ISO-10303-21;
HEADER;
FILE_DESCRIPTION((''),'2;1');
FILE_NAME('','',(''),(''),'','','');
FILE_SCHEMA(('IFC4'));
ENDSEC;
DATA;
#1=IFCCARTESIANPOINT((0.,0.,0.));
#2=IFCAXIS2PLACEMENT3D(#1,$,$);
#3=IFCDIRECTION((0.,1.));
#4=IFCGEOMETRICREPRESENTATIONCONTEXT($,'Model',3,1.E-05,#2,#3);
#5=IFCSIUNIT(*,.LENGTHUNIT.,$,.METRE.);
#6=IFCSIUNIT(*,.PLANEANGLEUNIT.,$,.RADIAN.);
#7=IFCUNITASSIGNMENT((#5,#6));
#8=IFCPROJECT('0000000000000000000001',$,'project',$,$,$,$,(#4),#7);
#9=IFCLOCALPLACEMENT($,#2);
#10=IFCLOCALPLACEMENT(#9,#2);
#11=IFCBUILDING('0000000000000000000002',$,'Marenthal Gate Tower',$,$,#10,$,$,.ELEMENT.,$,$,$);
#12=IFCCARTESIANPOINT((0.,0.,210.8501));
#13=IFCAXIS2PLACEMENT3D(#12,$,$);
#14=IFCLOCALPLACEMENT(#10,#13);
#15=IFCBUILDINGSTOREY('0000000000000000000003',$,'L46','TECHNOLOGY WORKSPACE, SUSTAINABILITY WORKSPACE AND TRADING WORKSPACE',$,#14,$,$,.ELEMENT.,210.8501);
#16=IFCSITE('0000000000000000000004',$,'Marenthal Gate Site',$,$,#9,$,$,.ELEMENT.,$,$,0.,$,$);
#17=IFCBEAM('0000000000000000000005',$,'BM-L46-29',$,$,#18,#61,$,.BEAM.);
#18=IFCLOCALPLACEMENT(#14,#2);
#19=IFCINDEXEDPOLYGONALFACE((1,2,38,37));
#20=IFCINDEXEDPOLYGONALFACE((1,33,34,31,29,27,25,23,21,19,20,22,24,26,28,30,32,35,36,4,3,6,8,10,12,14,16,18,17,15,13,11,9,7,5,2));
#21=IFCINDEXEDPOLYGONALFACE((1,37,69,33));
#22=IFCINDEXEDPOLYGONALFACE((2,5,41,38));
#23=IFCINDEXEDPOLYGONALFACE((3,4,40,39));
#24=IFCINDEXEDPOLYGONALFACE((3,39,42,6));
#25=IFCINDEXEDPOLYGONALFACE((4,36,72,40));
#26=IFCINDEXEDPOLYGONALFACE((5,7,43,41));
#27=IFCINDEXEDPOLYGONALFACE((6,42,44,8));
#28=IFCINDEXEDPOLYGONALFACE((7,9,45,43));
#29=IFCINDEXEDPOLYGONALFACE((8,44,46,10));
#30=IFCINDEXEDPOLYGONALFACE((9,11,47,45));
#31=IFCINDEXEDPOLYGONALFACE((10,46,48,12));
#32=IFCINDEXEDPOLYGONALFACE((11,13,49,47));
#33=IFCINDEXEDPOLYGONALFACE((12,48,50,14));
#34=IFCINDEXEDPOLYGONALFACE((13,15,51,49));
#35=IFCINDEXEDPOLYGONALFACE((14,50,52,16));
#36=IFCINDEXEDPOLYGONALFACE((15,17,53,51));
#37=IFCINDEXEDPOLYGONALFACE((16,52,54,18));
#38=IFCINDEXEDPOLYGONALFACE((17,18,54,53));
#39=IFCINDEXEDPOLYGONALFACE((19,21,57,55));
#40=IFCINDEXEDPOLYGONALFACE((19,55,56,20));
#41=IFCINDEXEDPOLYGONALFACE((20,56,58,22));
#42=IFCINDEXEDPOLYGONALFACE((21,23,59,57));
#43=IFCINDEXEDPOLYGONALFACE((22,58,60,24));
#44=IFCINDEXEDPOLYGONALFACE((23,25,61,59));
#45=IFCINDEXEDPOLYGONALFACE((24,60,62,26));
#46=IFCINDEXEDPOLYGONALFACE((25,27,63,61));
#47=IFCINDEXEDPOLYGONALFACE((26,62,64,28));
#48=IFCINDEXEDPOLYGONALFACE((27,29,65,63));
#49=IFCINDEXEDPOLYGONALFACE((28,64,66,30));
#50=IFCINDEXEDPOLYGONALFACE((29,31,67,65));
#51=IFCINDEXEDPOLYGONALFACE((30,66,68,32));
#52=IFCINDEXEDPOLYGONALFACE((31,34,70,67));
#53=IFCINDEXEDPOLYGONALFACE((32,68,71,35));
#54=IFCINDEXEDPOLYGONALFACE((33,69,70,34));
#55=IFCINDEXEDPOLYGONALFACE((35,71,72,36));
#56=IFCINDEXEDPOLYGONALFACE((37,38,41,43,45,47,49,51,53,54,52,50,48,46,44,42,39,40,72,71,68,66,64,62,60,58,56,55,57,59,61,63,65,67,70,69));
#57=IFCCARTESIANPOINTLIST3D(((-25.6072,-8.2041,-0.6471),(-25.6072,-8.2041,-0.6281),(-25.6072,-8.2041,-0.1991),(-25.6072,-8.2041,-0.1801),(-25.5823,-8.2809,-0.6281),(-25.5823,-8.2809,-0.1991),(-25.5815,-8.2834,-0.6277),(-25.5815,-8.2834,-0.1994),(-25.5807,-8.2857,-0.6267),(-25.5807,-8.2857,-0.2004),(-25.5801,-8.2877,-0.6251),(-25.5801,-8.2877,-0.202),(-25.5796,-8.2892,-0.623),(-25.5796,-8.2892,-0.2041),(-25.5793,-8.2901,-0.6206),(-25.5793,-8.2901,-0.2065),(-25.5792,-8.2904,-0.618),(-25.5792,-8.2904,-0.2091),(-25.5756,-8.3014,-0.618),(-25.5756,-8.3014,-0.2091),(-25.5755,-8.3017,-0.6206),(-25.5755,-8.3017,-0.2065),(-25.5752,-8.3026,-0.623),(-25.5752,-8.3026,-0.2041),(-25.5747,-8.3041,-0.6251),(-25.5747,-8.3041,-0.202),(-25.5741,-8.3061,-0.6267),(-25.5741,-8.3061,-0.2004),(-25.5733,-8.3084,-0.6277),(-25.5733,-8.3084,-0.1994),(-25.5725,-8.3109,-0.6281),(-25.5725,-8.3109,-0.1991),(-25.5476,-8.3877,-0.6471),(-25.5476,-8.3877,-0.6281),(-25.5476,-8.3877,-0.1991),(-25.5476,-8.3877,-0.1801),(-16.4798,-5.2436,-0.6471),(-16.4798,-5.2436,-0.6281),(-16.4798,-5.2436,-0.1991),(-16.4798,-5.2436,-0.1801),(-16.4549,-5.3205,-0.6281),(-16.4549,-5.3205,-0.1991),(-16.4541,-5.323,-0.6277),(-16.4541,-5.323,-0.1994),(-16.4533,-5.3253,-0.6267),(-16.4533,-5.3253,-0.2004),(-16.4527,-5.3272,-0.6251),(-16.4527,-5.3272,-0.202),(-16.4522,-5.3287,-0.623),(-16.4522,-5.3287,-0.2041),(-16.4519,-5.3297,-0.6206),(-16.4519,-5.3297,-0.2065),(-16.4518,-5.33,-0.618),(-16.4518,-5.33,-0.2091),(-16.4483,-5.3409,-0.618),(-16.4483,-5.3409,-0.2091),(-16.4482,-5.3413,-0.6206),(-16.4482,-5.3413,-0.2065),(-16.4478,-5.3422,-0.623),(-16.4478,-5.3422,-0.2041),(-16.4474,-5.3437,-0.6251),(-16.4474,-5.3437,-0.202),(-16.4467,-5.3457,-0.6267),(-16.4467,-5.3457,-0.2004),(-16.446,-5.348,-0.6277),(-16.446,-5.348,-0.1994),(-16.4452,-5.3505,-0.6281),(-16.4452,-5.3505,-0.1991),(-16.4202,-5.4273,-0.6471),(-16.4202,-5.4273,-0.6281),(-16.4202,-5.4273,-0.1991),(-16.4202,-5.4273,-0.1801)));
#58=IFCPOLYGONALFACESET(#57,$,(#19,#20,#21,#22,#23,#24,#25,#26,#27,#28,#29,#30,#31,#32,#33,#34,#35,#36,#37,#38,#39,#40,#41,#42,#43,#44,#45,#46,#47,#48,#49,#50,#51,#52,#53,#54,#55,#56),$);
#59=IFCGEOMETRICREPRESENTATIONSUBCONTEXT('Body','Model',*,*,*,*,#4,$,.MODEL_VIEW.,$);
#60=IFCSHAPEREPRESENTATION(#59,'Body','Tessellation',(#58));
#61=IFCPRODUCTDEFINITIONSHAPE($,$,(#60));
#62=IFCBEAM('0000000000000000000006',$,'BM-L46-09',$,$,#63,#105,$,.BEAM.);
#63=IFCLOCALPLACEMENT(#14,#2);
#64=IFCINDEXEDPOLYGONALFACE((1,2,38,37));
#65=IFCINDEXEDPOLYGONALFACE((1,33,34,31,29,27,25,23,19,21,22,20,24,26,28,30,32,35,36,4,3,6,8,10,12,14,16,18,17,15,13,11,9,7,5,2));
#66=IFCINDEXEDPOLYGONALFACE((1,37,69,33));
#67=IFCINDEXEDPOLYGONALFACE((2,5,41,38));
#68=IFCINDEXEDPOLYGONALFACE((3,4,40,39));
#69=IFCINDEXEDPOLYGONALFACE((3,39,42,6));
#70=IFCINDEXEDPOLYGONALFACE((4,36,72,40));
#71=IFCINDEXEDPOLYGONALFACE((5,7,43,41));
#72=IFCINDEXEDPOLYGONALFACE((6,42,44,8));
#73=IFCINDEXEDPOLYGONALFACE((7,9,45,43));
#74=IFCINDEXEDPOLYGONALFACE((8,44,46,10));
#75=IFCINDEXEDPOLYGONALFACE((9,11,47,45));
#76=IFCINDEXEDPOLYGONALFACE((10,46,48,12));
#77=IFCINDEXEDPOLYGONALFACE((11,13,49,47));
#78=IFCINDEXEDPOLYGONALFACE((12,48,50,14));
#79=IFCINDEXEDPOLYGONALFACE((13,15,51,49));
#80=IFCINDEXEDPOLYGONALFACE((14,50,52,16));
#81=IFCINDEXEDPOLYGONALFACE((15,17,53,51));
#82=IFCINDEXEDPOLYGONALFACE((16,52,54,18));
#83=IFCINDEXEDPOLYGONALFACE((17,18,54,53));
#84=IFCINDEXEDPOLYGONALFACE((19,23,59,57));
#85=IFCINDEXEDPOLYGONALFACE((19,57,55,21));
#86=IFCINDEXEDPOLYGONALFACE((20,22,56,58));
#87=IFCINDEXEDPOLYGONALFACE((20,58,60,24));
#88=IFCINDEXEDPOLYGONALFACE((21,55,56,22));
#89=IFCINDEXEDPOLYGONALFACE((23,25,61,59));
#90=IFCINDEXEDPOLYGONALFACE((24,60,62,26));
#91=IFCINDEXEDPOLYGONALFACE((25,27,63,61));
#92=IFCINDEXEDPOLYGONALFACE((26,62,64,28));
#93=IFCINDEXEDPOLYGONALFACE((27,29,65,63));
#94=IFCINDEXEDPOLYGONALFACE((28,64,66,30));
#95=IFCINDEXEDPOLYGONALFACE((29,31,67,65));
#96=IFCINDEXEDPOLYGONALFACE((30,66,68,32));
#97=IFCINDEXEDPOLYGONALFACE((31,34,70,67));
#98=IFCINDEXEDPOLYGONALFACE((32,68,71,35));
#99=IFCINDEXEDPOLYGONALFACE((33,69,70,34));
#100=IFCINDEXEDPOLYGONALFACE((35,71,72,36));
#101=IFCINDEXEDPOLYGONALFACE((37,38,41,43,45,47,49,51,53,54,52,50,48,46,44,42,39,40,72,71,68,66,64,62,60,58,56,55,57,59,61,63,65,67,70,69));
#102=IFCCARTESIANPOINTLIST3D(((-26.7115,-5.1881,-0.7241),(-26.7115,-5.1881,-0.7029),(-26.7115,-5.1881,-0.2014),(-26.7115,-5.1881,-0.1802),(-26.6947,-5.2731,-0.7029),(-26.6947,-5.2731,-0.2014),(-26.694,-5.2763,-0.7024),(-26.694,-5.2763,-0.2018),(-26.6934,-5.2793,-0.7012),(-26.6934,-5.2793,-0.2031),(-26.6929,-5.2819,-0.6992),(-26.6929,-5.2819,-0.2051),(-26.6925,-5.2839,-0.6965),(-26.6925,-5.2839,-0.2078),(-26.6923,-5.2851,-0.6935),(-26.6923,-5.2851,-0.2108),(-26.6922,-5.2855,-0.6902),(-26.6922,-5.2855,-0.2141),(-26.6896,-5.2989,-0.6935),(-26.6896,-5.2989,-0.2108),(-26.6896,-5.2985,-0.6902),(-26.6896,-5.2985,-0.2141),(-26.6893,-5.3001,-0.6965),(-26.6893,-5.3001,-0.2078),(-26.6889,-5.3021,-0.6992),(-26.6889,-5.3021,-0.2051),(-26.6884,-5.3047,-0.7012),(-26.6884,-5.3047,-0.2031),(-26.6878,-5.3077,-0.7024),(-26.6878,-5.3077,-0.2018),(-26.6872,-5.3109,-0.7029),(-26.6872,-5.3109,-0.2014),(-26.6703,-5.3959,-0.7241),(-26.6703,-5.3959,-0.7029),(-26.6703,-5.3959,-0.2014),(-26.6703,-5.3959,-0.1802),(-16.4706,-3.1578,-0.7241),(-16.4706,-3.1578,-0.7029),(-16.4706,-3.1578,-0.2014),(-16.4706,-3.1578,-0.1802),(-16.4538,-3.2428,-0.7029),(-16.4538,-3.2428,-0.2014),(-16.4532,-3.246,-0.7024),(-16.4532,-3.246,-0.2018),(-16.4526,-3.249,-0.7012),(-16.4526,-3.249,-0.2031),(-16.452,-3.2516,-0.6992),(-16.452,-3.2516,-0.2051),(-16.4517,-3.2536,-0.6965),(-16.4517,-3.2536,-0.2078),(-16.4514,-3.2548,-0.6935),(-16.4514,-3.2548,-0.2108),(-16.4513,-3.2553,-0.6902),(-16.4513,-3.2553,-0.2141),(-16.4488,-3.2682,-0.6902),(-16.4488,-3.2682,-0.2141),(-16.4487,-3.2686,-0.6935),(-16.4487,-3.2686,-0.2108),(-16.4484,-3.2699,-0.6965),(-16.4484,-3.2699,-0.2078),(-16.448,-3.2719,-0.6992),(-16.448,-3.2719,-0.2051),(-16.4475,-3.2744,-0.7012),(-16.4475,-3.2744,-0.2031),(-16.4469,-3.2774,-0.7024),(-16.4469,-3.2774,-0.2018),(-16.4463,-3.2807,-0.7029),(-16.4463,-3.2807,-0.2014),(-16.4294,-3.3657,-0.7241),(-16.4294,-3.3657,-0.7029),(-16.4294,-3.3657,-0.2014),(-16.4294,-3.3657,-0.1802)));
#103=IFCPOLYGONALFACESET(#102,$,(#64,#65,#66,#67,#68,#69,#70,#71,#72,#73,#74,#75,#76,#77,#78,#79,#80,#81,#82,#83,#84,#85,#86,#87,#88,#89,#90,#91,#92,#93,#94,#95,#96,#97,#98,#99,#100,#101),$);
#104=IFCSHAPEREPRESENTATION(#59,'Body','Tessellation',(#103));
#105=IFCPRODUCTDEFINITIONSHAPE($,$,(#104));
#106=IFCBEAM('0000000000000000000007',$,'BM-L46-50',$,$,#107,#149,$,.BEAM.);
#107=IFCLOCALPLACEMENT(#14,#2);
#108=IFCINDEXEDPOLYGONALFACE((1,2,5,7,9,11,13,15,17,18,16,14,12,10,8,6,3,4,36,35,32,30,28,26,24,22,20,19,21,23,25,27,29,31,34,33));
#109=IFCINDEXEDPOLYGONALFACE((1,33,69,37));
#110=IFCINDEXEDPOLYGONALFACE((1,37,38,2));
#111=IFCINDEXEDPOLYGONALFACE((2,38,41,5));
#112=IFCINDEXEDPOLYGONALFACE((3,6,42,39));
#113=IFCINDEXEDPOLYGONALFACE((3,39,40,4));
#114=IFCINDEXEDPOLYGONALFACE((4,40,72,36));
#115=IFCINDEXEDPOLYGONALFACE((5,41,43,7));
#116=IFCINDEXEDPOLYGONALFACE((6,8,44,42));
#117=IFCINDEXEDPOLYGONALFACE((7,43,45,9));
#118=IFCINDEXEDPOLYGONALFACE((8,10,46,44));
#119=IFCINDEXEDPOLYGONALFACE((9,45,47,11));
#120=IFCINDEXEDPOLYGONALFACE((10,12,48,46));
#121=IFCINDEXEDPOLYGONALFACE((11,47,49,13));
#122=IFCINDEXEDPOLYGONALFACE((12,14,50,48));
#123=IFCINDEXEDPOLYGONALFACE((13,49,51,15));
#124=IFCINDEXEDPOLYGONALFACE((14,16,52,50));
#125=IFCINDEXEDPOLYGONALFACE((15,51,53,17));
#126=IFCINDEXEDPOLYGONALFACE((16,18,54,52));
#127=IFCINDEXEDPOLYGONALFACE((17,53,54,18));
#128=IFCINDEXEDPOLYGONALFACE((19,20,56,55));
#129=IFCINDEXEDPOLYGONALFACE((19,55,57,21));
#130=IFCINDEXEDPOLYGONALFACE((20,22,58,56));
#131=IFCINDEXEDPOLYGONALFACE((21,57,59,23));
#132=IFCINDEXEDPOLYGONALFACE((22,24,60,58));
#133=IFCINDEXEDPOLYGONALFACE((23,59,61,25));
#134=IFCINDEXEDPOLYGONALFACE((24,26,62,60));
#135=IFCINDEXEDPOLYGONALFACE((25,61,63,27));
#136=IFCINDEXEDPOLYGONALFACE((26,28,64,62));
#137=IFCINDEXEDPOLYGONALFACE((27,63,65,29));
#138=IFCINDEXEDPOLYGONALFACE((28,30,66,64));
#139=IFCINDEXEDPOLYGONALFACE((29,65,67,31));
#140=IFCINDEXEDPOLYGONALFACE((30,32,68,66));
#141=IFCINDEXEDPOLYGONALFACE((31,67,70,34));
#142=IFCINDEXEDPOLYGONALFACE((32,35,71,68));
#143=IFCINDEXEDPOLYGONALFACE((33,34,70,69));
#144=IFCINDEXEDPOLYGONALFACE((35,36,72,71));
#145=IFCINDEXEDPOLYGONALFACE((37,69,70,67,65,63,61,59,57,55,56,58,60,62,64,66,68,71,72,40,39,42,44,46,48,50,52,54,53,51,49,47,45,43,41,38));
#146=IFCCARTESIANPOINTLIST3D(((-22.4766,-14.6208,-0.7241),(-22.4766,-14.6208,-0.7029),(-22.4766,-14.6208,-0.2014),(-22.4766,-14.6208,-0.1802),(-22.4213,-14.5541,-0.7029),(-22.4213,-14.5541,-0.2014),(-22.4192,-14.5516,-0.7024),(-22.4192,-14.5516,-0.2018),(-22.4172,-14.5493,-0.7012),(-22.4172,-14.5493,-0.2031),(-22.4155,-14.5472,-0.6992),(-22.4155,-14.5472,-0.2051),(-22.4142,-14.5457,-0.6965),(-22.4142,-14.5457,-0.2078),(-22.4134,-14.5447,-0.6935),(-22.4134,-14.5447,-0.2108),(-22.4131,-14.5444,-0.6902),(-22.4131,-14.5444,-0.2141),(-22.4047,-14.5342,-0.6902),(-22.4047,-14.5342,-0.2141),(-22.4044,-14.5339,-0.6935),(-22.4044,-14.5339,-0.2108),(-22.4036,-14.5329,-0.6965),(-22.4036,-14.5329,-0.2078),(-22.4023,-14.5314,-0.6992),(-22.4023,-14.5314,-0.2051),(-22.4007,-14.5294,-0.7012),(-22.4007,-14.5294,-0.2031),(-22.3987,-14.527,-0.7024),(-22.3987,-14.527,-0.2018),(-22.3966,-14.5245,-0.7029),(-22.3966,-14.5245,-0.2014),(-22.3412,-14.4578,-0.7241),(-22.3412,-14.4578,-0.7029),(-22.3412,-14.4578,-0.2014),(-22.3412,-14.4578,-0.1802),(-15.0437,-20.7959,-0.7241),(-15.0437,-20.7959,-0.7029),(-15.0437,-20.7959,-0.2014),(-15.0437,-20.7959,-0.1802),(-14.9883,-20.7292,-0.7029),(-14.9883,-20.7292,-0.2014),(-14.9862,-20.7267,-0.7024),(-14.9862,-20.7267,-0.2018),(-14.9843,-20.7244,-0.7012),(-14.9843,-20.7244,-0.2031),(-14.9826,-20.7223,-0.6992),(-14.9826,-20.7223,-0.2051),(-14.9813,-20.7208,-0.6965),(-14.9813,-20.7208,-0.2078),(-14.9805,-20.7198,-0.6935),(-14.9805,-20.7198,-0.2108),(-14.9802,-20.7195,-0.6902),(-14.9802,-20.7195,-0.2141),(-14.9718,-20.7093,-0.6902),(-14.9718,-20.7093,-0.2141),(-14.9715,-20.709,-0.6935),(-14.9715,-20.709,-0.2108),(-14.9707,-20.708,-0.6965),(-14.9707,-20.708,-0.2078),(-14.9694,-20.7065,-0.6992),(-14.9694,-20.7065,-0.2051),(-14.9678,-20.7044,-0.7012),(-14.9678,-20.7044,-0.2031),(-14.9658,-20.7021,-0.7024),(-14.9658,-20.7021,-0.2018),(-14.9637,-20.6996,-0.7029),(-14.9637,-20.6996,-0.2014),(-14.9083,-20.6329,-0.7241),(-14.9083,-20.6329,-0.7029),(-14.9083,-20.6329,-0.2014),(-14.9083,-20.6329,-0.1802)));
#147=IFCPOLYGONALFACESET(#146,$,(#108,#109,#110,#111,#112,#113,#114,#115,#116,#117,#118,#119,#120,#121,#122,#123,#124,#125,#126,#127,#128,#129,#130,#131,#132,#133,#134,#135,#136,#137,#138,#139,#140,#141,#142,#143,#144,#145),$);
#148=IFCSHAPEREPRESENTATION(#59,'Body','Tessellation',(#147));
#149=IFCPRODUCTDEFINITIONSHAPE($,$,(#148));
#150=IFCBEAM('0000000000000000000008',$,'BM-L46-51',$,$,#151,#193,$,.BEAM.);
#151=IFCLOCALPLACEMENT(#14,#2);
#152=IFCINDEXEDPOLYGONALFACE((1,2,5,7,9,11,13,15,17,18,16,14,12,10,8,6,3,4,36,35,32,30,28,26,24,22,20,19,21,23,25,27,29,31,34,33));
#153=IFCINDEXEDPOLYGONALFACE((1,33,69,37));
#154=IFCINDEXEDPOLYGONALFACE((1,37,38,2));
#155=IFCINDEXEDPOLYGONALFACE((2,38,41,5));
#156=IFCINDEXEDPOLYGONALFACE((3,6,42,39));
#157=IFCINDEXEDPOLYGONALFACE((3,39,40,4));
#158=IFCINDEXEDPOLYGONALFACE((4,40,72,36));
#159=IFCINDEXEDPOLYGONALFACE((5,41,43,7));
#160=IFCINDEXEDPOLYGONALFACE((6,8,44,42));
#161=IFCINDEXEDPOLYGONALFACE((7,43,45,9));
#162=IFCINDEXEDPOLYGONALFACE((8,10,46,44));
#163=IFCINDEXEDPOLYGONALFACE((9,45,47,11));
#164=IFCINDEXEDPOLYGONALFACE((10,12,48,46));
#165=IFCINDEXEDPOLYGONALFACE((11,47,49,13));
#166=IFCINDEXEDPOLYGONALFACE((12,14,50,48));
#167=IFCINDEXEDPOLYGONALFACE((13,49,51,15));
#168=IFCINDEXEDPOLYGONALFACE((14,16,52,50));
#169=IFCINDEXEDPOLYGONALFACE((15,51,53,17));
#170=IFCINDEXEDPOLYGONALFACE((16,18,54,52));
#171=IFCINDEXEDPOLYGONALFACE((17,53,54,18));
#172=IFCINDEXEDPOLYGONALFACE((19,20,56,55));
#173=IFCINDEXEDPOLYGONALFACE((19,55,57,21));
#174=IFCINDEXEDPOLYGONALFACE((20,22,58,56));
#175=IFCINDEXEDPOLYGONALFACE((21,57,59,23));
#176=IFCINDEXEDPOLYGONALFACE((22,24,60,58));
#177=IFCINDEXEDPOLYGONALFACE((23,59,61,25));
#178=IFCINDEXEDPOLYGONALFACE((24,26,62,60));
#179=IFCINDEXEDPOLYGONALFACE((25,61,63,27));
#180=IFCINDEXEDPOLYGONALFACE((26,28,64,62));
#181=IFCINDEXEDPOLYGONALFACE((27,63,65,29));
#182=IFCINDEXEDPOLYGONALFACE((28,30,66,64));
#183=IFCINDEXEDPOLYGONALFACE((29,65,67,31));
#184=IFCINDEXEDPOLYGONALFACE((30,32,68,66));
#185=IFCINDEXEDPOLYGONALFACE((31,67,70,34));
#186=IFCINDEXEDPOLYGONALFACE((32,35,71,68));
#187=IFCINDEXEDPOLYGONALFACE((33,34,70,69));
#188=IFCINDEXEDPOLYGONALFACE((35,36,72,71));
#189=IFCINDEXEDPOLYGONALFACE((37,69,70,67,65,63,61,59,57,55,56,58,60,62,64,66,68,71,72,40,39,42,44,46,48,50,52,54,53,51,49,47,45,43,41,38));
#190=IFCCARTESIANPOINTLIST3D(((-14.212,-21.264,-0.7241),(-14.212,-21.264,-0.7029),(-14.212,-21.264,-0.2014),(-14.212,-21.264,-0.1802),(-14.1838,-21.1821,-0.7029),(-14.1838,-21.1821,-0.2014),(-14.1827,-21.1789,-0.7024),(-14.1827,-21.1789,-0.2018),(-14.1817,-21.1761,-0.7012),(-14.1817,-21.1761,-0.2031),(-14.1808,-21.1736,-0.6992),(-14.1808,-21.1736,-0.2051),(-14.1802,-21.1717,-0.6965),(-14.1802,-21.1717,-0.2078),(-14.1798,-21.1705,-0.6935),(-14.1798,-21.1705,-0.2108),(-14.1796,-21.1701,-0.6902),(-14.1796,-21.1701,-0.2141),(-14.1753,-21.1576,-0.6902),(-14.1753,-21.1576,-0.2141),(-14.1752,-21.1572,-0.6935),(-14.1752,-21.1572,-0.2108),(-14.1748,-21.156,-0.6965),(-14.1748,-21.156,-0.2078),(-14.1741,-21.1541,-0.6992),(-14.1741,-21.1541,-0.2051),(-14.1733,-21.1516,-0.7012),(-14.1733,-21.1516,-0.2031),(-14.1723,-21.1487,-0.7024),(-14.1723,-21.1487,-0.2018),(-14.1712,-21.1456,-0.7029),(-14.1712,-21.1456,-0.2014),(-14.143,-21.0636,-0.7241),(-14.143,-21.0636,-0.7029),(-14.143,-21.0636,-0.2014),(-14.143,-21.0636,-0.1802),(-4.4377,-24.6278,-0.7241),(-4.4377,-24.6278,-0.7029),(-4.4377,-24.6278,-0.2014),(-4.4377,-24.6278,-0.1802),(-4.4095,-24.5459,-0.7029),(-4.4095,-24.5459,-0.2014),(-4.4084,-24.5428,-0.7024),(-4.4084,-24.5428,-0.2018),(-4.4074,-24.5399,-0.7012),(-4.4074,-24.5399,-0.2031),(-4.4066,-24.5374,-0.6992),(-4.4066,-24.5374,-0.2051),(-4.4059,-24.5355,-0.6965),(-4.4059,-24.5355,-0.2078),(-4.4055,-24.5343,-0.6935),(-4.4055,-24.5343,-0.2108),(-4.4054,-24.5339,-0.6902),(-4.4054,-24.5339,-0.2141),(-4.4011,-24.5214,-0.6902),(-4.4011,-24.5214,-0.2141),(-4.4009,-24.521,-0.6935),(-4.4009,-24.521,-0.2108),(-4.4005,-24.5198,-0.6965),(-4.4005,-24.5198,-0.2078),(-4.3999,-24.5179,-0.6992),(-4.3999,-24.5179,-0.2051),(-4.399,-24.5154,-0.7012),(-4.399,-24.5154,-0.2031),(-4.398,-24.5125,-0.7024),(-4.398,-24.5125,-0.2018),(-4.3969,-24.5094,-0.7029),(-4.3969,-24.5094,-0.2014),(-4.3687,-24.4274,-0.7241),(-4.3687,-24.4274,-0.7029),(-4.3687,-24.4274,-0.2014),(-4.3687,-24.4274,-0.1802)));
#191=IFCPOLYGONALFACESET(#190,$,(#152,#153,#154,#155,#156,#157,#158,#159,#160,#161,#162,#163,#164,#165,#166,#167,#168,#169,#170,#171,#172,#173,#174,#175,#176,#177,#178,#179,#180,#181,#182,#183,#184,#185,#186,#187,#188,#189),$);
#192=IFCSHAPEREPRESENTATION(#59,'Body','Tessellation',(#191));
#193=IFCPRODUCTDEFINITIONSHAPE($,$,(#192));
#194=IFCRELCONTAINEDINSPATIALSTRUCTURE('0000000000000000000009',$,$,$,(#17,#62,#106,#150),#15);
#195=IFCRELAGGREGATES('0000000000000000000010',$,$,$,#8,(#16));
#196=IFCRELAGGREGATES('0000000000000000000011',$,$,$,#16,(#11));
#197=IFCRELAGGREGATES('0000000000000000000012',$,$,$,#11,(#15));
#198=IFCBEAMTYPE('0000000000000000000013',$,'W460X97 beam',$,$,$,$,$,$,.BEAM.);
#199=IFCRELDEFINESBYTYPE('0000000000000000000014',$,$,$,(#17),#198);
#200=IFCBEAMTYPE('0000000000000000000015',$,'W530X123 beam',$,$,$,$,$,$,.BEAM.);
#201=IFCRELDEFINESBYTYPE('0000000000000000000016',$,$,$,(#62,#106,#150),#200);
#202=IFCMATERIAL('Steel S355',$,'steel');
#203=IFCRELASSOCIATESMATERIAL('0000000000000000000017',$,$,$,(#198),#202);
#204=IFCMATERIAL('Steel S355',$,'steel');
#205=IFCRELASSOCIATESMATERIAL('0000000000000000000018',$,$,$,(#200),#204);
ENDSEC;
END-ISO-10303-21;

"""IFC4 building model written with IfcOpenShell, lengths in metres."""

from ifc_helpers import new_model, si_unit, direction, frame, origin, origin_2d, place, context, subcontext, project, spatial, i_section, extrude, material, material_profile, profile_set, type_object, element, save


model = new_model("IFC4")

# Units and contexts
model_context = context("Model", 3, precision=1e-05, world=origin(), true_north=direction((0.0, 1.0)))
body_context = subcontext(model_context, "Body", "Model", "MODEL_VIEW")
ifc_project = project(units=[si_unit("LENGTHUNIT", "METRE"), si_unit("PLANEANGLEUNIT", "RADIAN")], contexts=[model_context])

# Site, building, storey
site_placement = place(None, origin())
site = spatial("IfcSite", under=ifc_project, at=site_placement, Name="Marenthal Gate Site", CompositionType="ELEMENT", RefElevation=0.0)
building_placement = place(site_placement, origin())
building = spatial("IfcBuilding", under=site, at=building_placement, Name="Marenthal Gate Tower", CompositionType="ELEMENT")
storey_placement = place(building_placement, frame((0.0, 0.0, 210.8501)))
storey = spatial("IfcBuildingStorey", under=building, at=storey_placement, Name="L46", Description="TECHNOLOGY WORKSPACE, SUSTAINABILITY WORKSPACE AND TRADING WORKSPACE", CompositionType="ELEMENT", Elevation=210.8501)

# Beams
ifc_material_1 = material(Name="Steel S355", Category="steel")
ifc_material_profile_1 = material_profile(ifc_material_1, i_section(OverallWidth=0.1931, OverallDepth=0.467, WebThickness=0.0115, FlangeThickness=0.019, FilletRadius=0.01, at=origin_2d()), Name="W460X97")
ifc_profile_set_1 = profile_set([ifc_material_profile_1], Name="Steel S355")
beam_type_1 = type_object("IfcBeamType", Name="W460X97 beam", PredefinedType="BEAM", material=ifc_profile_set_1)
beam_1_placement = place(storey_placement, frame((-25.5774, -8.2959, -0.4136), z_axis=(0.951217, 0.308523, 0.0), x_axis=(-0.308523, 0.951217, 0.0)))
element("IfcBeam", 1, at=beam_1_placement, inside=storey, type_object=beam_type_1, Name="BM-L46-29", PredefinedType="BEAM", context=body_context, shape_type="SweptSolid", body=[
    extrude(i_section(OverallWidth=0.1931, OverallDepth=0.467, WebThickness=0.0115, FlangeThickness=0.019, FilletRadius=0.01, at=origin_2d()), origin(), (0.0, 0.0, 1.0), 9.5955),
])
ifc_material_2 = material(Name="Steel S355", Category="steel")
ifc_material_profile_2 = material_profile(ifc_material_2, i_section(OverallWidth=0.2119, OverallDepth=0.5439, WebThickness=0.0132, FlangeThickness=0.0212, FilletRadius=0.0127, at=origin_2d()), Name="W530X123")
ifc_profile_set_2 = profile_set([ifc_material_profile_2], Name="Steel S355")
beam_type_2 = type_object("IfcBeamType", Name="W530X123 beam", PredefinedType="BEAM", material=ifc_profile_set_2)
beam_2_placement = place(storey_placement, frame((-26.6909, -5.292, -0.4521), z_axis=(0.980909, 0.194465, 0.0), x_axis=(-0.194465, 0.980909, 0.0)))
element("IfcBeam", 2, at=beam_2_placement, inside=storey, type_object=beam_type_2, Name="BM-L46-09", PredefinedType="BEAM", context=body_context, shape_type="SweptSolid", body=[
    extrude(i_section(OverallWidth=0.2119, OverallDepth=0.5439, WebThickness=0.0132, FlangeThickness=0.0212, FilletRadius=0.0127, at=origin_2d()), origin(), (0.0, 0.0, 1.0), 10.4402),
])
beam_3_placement = place(storey_placement, frame((-22.4089, -14.5393, -0.4521), z_axis=(0.769188, -0.639023, 0.0), x_axis=(0.639023, 0.769188, 0.0)))
element("IfcBeam", 3, at=beam_3_placement, inside=storey, type_object=beam_type_2, Name="BM-L46-50", PredefinedType="BEAM", context=body_context, shape_type="SweptSolid", body=[
    extrude(i_section(OverallWidth=0.2119, OverallDepth=0.5439, WebThickness=0.0132, FlangeThickness=0.0212, FilletRadius=0.0127, at=origin_2d()), origin(), (0.0, 0.0, 1.0), 9.6633),
])
beam_4_placement = place(storey_placement, frame((-14.1775, -21.1638, -0.4521), z_axis=(0.945571, -0.325417, 0.0), x_axis=(0.325417, 0.945571, 0.0)))
element("IfcBeam", 4, at=beam_4_placement, inside=storey, type_object=beam_type_2, Name="BM-L46-51", PredefinedType="BEAM", context=body_context, shape_type="SweptSolid", body=[
    extrude(i_section(OverallWidth=0.2119, OverallDepth=0.5439, WebThickness=0.0132, FlangeThickness=0.0212, FilletRadius=0.0127, at=origin_2d()), origin(), (0.0, 0.0, 1.0), 10.3369),
])

save(model, "model.ifc")
